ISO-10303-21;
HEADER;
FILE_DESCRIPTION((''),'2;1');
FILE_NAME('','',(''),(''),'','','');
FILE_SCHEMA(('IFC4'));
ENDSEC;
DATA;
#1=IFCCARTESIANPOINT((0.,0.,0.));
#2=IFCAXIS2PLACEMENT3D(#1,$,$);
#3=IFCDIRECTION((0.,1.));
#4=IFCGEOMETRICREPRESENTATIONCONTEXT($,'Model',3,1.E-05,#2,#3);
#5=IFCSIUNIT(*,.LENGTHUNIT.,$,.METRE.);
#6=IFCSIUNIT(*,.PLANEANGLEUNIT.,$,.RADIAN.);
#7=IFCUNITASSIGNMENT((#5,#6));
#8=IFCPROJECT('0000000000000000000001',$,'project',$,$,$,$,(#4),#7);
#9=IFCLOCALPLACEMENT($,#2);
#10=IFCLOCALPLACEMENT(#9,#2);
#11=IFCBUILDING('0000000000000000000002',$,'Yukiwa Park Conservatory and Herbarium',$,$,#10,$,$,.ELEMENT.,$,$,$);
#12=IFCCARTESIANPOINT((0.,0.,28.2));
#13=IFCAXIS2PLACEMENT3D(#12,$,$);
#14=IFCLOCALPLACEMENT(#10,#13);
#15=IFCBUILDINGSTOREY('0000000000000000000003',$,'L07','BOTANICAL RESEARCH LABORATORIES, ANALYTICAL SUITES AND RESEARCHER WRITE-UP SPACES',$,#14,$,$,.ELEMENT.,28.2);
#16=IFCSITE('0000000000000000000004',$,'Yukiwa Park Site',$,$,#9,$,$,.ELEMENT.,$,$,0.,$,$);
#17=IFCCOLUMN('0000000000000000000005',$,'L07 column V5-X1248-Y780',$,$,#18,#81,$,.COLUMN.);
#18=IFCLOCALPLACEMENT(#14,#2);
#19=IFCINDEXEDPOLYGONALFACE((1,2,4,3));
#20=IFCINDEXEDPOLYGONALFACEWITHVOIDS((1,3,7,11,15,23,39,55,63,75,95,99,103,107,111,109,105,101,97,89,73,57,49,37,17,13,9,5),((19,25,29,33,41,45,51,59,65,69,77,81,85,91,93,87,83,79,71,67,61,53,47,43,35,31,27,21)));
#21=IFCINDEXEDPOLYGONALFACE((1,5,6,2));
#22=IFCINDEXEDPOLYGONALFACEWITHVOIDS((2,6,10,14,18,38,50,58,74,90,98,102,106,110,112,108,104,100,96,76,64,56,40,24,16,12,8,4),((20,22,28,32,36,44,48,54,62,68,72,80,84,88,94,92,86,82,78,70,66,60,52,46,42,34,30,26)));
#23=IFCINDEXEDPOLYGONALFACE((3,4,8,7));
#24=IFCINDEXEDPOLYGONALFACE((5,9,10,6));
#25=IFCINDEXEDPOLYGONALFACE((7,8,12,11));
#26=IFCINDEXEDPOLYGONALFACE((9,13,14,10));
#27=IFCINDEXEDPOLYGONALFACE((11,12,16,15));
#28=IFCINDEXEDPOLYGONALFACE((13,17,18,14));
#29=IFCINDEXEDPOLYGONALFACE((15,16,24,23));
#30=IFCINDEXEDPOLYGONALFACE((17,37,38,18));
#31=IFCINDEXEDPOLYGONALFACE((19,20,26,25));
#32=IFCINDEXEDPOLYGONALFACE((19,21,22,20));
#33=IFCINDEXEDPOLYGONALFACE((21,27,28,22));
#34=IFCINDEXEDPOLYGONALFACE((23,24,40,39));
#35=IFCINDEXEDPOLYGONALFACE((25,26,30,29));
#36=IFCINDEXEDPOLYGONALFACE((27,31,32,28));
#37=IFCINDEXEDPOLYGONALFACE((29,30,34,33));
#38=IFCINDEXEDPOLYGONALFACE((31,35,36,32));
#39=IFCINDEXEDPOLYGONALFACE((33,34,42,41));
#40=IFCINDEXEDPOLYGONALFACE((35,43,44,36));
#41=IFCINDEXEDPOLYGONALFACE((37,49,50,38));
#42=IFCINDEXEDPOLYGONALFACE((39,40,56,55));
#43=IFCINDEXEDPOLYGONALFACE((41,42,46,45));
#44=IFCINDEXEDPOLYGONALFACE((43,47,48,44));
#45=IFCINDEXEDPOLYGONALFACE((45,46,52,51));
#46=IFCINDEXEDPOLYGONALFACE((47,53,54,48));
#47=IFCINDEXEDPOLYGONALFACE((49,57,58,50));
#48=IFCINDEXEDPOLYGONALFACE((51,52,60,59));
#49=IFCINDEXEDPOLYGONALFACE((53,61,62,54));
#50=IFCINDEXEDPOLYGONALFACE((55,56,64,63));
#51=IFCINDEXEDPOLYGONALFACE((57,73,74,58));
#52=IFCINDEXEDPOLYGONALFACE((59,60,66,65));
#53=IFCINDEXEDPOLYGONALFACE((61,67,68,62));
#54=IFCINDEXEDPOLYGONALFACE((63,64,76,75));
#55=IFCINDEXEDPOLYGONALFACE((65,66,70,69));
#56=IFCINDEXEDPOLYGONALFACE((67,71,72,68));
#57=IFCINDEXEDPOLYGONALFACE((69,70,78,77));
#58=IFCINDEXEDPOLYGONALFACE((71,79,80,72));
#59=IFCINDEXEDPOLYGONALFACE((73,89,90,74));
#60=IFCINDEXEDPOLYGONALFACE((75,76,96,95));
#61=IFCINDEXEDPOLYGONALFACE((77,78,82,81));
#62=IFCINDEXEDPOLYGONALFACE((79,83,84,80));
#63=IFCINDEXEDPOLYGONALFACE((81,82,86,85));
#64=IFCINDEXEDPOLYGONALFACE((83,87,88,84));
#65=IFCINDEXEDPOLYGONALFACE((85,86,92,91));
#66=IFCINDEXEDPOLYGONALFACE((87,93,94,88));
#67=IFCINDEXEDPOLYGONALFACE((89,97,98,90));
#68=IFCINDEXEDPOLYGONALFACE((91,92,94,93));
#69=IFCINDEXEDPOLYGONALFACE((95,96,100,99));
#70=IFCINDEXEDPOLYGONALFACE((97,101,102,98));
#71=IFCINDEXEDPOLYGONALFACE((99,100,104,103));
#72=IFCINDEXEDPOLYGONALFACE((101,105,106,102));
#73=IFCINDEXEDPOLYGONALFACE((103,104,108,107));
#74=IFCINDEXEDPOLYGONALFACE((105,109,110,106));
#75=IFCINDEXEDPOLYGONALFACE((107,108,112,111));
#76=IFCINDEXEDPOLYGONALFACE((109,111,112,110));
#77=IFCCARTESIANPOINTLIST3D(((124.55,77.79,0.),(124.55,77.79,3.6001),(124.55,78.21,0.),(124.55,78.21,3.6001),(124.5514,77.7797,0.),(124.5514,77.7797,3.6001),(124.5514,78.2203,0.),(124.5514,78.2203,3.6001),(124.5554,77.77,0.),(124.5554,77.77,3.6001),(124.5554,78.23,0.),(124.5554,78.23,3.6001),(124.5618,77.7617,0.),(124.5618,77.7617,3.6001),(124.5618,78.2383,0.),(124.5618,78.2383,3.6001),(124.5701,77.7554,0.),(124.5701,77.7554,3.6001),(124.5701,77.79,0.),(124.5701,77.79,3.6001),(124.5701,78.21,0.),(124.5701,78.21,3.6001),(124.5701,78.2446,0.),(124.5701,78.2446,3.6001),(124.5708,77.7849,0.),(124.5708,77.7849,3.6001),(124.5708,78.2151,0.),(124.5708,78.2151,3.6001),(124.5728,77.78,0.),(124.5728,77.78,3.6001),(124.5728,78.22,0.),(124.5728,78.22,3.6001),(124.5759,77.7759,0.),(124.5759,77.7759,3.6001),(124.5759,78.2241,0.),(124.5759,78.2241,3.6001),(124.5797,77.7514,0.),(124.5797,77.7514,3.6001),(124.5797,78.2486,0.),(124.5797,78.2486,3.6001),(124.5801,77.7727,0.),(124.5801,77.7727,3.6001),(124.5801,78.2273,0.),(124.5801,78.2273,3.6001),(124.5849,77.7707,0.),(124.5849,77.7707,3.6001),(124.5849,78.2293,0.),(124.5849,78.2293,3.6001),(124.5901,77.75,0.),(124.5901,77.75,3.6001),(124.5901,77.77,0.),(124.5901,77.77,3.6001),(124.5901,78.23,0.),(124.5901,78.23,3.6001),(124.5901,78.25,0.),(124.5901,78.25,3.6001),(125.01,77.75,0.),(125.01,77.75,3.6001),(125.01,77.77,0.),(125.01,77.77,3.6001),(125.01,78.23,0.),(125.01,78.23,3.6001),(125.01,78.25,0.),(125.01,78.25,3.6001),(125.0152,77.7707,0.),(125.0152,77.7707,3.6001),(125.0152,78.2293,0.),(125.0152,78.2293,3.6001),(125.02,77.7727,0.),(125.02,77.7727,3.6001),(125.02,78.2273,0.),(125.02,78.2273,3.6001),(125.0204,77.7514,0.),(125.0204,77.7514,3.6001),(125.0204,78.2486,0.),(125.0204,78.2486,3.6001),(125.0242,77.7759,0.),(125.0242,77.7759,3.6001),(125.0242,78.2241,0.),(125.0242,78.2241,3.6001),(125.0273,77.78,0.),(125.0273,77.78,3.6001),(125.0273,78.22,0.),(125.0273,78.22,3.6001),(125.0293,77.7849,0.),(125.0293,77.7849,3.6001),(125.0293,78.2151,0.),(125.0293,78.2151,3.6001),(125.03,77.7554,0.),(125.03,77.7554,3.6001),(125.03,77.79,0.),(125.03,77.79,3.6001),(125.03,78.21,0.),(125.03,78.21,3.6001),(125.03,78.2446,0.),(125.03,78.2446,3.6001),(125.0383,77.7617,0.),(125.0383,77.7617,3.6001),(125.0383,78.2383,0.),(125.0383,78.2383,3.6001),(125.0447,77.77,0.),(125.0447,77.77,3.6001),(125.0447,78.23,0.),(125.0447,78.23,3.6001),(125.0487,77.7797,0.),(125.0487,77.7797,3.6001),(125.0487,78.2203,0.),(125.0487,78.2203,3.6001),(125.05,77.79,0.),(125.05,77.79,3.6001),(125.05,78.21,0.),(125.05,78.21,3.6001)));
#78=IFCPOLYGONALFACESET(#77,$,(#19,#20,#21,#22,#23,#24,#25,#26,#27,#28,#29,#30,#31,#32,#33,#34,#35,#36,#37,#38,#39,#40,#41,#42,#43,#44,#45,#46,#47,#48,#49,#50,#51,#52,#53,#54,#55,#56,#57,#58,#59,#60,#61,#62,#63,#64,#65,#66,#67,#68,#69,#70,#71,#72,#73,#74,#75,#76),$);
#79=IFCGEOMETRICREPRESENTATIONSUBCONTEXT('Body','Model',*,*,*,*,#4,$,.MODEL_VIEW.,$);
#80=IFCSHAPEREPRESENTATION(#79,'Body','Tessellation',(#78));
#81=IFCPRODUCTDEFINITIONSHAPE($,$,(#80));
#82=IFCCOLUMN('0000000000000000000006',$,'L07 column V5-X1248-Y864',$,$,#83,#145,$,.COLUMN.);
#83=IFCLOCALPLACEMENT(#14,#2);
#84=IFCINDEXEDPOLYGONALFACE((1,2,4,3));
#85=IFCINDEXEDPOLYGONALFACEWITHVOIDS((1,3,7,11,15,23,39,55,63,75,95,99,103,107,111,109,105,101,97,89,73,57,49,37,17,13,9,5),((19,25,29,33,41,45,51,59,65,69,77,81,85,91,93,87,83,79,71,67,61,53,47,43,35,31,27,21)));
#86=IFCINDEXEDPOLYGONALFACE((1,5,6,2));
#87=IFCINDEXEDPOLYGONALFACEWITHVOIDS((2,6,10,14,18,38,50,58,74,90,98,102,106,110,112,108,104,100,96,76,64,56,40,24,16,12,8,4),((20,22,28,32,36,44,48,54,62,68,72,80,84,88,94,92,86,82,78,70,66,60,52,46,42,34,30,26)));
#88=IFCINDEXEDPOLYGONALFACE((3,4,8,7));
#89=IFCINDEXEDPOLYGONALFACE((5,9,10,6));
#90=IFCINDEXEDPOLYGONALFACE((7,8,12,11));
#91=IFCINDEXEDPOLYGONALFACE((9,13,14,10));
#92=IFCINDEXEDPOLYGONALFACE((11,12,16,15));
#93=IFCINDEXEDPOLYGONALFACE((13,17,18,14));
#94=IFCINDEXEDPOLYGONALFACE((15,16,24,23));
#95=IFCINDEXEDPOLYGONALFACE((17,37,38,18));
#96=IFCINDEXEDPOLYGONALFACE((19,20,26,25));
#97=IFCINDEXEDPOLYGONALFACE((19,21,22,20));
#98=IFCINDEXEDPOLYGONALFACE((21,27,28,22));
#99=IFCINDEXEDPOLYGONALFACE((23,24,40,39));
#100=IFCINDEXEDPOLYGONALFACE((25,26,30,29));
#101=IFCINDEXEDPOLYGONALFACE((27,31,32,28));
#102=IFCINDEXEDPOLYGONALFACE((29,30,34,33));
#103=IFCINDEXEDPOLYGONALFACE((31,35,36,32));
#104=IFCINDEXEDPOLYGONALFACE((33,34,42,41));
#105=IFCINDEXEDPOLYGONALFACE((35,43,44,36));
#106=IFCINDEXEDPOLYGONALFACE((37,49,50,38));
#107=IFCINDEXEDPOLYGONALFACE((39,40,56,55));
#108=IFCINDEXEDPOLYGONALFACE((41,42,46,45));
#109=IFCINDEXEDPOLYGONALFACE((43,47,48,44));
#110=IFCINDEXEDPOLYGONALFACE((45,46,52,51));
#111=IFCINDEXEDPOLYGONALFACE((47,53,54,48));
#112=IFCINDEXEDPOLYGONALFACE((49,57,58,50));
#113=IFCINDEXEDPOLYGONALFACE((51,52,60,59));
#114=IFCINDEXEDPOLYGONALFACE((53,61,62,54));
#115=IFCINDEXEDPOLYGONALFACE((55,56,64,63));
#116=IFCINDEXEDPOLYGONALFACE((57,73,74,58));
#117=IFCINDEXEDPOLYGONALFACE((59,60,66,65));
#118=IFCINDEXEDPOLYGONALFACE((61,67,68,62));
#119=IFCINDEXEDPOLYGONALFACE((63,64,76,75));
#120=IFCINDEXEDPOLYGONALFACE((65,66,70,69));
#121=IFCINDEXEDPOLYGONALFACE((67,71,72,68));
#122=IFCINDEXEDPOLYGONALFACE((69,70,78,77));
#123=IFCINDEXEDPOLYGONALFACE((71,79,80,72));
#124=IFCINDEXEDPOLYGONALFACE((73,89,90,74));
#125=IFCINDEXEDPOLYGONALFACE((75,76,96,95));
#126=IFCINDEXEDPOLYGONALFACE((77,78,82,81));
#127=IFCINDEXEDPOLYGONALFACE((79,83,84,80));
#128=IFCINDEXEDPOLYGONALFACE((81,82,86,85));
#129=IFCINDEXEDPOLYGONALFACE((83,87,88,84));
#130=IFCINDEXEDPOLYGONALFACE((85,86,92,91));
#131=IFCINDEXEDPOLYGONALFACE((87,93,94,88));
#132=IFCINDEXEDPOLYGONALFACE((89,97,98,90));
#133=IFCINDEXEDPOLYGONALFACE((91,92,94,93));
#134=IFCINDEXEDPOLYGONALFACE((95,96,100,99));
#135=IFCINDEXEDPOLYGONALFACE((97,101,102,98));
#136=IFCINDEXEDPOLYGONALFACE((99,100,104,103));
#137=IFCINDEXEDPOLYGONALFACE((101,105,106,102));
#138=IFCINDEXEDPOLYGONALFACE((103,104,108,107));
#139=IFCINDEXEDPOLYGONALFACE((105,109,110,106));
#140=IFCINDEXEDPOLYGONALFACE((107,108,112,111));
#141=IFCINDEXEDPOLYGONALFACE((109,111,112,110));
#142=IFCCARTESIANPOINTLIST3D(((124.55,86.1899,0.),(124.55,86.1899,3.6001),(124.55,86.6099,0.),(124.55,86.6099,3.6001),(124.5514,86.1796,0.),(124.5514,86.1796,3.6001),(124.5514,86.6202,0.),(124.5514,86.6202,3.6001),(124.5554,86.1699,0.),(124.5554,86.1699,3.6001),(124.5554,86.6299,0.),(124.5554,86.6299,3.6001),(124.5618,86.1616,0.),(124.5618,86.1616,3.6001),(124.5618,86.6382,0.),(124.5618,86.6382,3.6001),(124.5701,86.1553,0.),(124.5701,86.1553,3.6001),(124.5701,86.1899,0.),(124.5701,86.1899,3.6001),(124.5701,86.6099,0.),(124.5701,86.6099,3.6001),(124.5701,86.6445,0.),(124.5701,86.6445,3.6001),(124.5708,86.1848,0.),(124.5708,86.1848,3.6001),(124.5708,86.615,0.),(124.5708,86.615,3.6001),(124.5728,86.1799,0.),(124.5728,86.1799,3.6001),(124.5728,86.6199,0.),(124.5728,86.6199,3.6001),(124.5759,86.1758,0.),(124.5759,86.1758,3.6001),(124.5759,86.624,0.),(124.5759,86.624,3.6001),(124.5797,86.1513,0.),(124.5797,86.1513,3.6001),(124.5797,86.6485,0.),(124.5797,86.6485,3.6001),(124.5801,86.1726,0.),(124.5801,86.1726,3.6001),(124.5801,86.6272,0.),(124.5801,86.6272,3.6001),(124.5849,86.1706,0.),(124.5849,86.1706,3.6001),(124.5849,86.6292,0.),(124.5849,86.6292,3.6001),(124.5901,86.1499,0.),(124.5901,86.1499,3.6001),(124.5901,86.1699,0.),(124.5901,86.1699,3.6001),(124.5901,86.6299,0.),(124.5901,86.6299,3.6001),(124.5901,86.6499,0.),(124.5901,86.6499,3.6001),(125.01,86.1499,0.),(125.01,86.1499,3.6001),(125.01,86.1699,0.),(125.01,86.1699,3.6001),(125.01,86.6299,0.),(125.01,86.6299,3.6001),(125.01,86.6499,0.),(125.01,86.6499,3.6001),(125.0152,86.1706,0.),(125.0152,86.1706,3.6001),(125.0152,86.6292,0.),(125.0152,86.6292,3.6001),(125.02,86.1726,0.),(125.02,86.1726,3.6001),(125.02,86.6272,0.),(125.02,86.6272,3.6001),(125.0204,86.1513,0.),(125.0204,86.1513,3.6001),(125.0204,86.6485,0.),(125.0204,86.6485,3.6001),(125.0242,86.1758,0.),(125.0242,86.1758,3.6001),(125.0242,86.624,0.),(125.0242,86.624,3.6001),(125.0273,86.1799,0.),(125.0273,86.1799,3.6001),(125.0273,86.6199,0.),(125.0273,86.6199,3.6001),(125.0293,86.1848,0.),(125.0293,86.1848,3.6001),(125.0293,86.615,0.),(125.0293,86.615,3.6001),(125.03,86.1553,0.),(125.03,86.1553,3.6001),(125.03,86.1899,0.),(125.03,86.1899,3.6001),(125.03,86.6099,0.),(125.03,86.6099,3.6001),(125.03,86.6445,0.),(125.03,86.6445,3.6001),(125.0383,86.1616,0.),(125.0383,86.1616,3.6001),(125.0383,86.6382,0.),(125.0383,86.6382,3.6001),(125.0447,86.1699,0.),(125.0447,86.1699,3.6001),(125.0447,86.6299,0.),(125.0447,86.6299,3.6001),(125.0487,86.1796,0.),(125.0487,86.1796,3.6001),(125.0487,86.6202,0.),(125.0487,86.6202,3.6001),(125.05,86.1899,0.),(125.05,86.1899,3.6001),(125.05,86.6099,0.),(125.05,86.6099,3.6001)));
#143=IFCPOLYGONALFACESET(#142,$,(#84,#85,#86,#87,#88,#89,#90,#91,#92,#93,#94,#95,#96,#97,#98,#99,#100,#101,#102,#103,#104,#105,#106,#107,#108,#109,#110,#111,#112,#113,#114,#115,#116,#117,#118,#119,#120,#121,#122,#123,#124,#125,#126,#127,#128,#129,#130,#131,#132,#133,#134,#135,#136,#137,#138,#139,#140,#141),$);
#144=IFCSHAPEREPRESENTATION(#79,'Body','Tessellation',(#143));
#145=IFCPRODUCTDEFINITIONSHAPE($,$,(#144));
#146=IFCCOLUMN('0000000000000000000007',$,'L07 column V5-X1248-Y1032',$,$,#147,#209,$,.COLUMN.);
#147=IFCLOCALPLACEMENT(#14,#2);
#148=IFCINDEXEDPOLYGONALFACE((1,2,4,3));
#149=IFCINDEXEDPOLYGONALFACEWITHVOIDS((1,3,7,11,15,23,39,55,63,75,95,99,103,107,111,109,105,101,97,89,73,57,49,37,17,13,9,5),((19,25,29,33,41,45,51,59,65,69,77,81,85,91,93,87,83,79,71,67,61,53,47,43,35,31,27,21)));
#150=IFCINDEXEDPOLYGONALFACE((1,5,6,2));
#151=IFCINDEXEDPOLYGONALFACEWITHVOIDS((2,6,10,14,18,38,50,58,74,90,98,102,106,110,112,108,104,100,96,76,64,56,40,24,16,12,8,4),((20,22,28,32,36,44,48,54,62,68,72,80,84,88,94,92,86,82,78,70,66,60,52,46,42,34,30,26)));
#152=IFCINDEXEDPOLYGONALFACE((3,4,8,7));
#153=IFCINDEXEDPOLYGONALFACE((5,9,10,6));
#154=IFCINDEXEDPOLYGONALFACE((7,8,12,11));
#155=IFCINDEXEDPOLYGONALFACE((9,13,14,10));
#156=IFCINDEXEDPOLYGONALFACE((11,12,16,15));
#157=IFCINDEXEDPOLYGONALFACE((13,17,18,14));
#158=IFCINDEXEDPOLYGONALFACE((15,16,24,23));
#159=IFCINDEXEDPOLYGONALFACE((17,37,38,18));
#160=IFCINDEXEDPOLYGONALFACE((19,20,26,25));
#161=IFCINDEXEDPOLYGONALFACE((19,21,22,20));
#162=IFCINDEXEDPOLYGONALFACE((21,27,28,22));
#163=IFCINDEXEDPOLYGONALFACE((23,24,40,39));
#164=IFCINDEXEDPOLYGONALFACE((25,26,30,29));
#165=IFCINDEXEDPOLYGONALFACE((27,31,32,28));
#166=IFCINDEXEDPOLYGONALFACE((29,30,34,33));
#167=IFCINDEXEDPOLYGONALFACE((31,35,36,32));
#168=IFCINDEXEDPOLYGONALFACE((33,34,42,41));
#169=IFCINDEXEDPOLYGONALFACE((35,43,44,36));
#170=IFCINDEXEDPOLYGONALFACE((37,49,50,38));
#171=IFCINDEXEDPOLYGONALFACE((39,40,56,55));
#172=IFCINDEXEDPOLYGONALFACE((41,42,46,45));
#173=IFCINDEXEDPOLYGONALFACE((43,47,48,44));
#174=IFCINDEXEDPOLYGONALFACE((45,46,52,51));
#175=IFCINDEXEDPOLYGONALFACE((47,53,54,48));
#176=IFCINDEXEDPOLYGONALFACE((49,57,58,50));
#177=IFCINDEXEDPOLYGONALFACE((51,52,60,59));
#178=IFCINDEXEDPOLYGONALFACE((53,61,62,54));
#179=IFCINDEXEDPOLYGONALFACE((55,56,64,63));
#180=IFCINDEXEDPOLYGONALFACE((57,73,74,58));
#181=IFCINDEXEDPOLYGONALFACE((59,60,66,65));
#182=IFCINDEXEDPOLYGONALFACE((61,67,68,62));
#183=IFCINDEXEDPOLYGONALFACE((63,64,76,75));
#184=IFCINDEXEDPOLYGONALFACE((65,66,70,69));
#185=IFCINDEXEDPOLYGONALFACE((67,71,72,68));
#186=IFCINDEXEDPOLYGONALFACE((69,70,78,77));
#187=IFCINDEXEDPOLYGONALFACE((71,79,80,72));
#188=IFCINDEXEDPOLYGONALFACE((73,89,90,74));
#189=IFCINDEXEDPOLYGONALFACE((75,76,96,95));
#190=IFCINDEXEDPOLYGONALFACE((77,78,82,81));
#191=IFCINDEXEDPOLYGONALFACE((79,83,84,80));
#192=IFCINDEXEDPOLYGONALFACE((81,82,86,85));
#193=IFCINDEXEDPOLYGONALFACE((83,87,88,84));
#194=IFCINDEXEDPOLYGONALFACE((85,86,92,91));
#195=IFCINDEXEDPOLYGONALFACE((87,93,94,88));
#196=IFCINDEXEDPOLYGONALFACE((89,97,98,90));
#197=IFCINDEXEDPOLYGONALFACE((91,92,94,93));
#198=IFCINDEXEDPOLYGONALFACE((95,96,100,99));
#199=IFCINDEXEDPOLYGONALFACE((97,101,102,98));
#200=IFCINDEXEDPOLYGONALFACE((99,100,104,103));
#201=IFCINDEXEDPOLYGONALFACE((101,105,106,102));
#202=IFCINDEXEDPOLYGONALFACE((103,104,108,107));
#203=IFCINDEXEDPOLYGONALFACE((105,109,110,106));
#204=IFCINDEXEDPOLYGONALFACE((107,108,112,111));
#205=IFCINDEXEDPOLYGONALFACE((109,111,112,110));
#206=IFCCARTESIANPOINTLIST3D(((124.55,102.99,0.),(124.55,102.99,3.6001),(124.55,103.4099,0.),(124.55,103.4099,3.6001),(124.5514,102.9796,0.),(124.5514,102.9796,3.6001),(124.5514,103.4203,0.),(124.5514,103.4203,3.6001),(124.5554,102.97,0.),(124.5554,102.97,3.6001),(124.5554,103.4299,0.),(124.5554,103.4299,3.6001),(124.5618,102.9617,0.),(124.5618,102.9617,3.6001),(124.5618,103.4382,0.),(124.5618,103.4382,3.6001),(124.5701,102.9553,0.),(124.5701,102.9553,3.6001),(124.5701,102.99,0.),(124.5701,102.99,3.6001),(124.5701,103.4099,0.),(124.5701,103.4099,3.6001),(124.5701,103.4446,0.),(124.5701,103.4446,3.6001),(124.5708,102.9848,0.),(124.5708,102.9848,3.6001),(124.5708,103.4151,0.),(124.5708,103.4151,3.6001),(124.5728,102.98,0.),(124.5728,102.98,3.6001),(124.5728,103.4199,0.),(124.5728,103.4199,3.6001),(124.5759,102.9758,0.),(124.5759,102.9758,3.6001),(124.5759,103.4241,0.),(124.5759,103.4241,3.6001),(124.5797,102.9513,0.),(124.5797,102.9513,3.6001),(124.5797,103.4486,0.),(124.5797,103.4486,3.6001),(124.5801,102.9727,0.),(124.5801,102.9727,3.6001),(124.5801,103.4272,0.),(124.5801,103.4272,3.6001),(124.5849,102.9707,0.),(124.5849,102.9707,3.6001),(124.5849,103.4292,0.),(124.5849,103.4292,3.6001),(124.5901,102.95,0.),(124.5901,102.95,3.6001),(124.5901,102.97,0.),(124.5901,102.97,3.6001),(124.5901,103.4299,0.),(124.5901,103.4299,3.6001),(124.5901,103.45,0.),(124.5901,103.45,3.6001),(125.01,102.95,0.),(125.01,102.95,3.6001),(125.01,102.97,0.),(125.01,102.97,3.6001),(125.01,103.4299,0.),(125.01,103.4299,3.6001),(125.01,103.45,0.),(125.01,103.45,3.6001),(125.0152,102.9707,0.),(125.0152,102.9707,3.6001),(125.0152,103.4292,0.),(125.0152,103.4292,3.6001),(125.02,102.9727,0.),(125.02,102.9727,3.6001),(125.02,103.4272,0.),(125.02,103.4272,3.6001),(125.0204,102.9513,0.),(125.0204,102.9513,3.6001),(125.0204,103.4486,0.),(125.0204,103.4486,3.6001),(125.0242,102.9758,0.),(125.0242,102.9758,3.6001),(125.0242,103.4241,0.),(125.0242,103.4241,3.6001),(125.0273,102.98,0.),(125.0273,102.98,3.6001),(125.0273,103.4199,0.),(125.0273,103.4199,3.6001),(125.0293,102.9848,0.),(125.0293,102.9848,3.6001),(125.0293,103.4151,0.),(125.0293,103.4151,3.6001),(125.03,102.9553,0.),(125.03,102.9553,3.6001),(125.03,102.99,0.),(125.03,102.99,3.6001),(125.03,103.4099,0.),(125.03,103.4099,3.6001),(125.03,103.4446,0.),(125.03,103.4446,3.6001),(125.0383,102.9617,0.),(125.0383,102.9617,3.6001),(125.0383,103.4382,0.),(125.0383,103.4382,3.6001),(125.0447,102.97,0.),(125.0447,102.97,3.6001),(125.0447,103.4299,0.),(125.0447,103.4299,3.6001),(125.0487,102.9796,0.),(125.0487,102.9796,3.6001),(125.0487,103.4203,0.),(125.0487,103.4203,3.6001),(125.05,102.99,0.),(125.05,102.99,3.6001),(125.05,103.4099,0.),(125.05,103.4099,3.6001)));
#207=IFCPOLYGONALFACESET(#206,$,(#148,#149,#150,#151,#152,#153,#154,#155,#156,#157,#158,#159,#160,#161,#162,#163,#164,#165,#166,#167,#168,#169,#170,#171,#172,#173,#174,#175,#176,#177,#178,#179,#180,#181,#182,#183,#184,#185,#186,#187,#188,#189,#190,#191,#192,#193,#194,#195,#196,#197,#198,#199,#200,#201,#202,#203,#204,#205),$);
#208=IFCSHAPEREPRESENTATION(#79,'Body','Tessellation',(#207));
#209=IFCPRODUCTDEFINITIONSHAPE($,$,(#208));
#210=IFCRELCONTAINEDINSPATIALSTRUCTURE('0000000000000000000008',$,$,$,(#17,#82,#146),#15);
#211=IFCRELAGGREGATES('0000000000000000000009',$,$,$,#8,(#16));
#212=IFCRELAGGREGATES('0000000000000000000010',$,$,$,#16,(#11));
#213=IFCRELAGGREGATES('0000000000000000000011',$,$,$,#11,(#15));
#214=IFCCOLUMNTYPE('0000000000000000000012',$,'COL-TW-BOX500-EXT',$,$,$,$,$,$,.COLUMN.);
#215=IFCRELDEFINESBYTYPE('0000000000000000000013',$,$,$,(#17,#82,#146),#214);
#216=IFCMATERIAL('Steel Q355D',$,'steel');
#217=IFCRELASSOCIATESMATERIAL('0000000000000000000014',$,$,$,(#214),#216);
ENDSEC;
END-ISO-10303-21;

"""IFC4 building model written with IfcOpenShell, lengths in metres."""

from ifc_helpers import new_model, si_unit, direction, frame, origin, origin_2d, place, context, subcontext, project, spatial, hollow_rectangle, extrude, material, material_profile, profile_set, type_object, element, save


model = new_model("IFC4")

# Units and contexts
model_context = context("Model", 3, precision=1e-05, world=origin(), true_north=direction((0.0, 1.0)))
body_context = subcontext(model_context, "Body", "Model", "MODEL_VIEW")
ifc_project = project(units=[si_unit("LENGTHUNIT", "METRE"), si_unit("PLANEANGLEUNIT", "RADIAN")], contexts=[model_context])

# Site, building, storey
site_placement = place(None, origin())
site = spatial("IfcSite", under=ifc_project, at=site_placement, Name="Yukiwa Park Site", CompositionType="ELEMENT", RefElevation=0.0)
building_placement = place(site_placement, origin())
building = spatial("IfcBuilding", under=site, at=building_placement, Name="Yukiwa Park Conservatory and Herbarium", CompositionType="ELEMENT")
storey_placement = place(building_placement, frame((0.0, 0.0, 28.2)))
storey = spatial("IfcBuildingStorey", under=building, at=storey_placement, Name="L07", Description="BOTANICAL RESEARCH LABORATORIES, ANALYTICAL SUITES AND RESEARCHER WRITE-UP SPACES", CompositionType="ELEMENT", Elevation=28.2)

# Columns
ifc_material_1 = material(Name="Steel Q355D", Category="steel")
ifc_material_profile_1 = material_profile(ifc_material_1, hollow_rectangle(XDim=0.5, YDim=0.5, WallThickness=0.02, InnerFilletRadius=0.02, OuterFilletRadius=0.04, at=origin_2d()), Name="BOX 500x500x20")
ifc_profile_set_1 = profile_set([ifc_material_profile_1], Name="Steel Q355D")
column_type_1 = type_object("IfcColumnType", Name="COL-TW-BOX500-EXT", PredefinedType="COLUMN", material=ifc_profile_set_1)
for number, where, z_axis, x_axis, name in (
    (1, (124.8, 78.0, 0.0), (0.0, 0.0, 1.0), (1.0, 0.0, 0.0), "L07 column V5-X1248-Y780"),
    (2, (124.8, 86.3999, 0.0), (0.0, 0.0, 1.0), (1.0, 0.0, 0.0), "L07 column V5-X1248-Y864"),
    (3, (124.8, 103.2, 0.0), (0.0, 0.0, 1.0), (1.0, 0.0, 0.0), "L07 column V5-X1248-Y1032"),
):
    element("IfcColumn", number, at=place(storey_placement, frame(where, z_axis=z_axis, x_axis=x_axis)), inside=storey, type_object=column_type_1, Name=name, PredefinedType="COLUMN", context=body_context, shape_type="SweptSolid", body=[
        extrude(hollow_rectangle(XDim=0.5, YDim=0.5, WallThickness=0.02, InnerFilletRadius=0.02, OuterFilletRadius=0.04, at=origin_2d()), origin(), (0.0, 0.0, 1.0), 3.6001),
    ])

save(model, "model.ifc")
